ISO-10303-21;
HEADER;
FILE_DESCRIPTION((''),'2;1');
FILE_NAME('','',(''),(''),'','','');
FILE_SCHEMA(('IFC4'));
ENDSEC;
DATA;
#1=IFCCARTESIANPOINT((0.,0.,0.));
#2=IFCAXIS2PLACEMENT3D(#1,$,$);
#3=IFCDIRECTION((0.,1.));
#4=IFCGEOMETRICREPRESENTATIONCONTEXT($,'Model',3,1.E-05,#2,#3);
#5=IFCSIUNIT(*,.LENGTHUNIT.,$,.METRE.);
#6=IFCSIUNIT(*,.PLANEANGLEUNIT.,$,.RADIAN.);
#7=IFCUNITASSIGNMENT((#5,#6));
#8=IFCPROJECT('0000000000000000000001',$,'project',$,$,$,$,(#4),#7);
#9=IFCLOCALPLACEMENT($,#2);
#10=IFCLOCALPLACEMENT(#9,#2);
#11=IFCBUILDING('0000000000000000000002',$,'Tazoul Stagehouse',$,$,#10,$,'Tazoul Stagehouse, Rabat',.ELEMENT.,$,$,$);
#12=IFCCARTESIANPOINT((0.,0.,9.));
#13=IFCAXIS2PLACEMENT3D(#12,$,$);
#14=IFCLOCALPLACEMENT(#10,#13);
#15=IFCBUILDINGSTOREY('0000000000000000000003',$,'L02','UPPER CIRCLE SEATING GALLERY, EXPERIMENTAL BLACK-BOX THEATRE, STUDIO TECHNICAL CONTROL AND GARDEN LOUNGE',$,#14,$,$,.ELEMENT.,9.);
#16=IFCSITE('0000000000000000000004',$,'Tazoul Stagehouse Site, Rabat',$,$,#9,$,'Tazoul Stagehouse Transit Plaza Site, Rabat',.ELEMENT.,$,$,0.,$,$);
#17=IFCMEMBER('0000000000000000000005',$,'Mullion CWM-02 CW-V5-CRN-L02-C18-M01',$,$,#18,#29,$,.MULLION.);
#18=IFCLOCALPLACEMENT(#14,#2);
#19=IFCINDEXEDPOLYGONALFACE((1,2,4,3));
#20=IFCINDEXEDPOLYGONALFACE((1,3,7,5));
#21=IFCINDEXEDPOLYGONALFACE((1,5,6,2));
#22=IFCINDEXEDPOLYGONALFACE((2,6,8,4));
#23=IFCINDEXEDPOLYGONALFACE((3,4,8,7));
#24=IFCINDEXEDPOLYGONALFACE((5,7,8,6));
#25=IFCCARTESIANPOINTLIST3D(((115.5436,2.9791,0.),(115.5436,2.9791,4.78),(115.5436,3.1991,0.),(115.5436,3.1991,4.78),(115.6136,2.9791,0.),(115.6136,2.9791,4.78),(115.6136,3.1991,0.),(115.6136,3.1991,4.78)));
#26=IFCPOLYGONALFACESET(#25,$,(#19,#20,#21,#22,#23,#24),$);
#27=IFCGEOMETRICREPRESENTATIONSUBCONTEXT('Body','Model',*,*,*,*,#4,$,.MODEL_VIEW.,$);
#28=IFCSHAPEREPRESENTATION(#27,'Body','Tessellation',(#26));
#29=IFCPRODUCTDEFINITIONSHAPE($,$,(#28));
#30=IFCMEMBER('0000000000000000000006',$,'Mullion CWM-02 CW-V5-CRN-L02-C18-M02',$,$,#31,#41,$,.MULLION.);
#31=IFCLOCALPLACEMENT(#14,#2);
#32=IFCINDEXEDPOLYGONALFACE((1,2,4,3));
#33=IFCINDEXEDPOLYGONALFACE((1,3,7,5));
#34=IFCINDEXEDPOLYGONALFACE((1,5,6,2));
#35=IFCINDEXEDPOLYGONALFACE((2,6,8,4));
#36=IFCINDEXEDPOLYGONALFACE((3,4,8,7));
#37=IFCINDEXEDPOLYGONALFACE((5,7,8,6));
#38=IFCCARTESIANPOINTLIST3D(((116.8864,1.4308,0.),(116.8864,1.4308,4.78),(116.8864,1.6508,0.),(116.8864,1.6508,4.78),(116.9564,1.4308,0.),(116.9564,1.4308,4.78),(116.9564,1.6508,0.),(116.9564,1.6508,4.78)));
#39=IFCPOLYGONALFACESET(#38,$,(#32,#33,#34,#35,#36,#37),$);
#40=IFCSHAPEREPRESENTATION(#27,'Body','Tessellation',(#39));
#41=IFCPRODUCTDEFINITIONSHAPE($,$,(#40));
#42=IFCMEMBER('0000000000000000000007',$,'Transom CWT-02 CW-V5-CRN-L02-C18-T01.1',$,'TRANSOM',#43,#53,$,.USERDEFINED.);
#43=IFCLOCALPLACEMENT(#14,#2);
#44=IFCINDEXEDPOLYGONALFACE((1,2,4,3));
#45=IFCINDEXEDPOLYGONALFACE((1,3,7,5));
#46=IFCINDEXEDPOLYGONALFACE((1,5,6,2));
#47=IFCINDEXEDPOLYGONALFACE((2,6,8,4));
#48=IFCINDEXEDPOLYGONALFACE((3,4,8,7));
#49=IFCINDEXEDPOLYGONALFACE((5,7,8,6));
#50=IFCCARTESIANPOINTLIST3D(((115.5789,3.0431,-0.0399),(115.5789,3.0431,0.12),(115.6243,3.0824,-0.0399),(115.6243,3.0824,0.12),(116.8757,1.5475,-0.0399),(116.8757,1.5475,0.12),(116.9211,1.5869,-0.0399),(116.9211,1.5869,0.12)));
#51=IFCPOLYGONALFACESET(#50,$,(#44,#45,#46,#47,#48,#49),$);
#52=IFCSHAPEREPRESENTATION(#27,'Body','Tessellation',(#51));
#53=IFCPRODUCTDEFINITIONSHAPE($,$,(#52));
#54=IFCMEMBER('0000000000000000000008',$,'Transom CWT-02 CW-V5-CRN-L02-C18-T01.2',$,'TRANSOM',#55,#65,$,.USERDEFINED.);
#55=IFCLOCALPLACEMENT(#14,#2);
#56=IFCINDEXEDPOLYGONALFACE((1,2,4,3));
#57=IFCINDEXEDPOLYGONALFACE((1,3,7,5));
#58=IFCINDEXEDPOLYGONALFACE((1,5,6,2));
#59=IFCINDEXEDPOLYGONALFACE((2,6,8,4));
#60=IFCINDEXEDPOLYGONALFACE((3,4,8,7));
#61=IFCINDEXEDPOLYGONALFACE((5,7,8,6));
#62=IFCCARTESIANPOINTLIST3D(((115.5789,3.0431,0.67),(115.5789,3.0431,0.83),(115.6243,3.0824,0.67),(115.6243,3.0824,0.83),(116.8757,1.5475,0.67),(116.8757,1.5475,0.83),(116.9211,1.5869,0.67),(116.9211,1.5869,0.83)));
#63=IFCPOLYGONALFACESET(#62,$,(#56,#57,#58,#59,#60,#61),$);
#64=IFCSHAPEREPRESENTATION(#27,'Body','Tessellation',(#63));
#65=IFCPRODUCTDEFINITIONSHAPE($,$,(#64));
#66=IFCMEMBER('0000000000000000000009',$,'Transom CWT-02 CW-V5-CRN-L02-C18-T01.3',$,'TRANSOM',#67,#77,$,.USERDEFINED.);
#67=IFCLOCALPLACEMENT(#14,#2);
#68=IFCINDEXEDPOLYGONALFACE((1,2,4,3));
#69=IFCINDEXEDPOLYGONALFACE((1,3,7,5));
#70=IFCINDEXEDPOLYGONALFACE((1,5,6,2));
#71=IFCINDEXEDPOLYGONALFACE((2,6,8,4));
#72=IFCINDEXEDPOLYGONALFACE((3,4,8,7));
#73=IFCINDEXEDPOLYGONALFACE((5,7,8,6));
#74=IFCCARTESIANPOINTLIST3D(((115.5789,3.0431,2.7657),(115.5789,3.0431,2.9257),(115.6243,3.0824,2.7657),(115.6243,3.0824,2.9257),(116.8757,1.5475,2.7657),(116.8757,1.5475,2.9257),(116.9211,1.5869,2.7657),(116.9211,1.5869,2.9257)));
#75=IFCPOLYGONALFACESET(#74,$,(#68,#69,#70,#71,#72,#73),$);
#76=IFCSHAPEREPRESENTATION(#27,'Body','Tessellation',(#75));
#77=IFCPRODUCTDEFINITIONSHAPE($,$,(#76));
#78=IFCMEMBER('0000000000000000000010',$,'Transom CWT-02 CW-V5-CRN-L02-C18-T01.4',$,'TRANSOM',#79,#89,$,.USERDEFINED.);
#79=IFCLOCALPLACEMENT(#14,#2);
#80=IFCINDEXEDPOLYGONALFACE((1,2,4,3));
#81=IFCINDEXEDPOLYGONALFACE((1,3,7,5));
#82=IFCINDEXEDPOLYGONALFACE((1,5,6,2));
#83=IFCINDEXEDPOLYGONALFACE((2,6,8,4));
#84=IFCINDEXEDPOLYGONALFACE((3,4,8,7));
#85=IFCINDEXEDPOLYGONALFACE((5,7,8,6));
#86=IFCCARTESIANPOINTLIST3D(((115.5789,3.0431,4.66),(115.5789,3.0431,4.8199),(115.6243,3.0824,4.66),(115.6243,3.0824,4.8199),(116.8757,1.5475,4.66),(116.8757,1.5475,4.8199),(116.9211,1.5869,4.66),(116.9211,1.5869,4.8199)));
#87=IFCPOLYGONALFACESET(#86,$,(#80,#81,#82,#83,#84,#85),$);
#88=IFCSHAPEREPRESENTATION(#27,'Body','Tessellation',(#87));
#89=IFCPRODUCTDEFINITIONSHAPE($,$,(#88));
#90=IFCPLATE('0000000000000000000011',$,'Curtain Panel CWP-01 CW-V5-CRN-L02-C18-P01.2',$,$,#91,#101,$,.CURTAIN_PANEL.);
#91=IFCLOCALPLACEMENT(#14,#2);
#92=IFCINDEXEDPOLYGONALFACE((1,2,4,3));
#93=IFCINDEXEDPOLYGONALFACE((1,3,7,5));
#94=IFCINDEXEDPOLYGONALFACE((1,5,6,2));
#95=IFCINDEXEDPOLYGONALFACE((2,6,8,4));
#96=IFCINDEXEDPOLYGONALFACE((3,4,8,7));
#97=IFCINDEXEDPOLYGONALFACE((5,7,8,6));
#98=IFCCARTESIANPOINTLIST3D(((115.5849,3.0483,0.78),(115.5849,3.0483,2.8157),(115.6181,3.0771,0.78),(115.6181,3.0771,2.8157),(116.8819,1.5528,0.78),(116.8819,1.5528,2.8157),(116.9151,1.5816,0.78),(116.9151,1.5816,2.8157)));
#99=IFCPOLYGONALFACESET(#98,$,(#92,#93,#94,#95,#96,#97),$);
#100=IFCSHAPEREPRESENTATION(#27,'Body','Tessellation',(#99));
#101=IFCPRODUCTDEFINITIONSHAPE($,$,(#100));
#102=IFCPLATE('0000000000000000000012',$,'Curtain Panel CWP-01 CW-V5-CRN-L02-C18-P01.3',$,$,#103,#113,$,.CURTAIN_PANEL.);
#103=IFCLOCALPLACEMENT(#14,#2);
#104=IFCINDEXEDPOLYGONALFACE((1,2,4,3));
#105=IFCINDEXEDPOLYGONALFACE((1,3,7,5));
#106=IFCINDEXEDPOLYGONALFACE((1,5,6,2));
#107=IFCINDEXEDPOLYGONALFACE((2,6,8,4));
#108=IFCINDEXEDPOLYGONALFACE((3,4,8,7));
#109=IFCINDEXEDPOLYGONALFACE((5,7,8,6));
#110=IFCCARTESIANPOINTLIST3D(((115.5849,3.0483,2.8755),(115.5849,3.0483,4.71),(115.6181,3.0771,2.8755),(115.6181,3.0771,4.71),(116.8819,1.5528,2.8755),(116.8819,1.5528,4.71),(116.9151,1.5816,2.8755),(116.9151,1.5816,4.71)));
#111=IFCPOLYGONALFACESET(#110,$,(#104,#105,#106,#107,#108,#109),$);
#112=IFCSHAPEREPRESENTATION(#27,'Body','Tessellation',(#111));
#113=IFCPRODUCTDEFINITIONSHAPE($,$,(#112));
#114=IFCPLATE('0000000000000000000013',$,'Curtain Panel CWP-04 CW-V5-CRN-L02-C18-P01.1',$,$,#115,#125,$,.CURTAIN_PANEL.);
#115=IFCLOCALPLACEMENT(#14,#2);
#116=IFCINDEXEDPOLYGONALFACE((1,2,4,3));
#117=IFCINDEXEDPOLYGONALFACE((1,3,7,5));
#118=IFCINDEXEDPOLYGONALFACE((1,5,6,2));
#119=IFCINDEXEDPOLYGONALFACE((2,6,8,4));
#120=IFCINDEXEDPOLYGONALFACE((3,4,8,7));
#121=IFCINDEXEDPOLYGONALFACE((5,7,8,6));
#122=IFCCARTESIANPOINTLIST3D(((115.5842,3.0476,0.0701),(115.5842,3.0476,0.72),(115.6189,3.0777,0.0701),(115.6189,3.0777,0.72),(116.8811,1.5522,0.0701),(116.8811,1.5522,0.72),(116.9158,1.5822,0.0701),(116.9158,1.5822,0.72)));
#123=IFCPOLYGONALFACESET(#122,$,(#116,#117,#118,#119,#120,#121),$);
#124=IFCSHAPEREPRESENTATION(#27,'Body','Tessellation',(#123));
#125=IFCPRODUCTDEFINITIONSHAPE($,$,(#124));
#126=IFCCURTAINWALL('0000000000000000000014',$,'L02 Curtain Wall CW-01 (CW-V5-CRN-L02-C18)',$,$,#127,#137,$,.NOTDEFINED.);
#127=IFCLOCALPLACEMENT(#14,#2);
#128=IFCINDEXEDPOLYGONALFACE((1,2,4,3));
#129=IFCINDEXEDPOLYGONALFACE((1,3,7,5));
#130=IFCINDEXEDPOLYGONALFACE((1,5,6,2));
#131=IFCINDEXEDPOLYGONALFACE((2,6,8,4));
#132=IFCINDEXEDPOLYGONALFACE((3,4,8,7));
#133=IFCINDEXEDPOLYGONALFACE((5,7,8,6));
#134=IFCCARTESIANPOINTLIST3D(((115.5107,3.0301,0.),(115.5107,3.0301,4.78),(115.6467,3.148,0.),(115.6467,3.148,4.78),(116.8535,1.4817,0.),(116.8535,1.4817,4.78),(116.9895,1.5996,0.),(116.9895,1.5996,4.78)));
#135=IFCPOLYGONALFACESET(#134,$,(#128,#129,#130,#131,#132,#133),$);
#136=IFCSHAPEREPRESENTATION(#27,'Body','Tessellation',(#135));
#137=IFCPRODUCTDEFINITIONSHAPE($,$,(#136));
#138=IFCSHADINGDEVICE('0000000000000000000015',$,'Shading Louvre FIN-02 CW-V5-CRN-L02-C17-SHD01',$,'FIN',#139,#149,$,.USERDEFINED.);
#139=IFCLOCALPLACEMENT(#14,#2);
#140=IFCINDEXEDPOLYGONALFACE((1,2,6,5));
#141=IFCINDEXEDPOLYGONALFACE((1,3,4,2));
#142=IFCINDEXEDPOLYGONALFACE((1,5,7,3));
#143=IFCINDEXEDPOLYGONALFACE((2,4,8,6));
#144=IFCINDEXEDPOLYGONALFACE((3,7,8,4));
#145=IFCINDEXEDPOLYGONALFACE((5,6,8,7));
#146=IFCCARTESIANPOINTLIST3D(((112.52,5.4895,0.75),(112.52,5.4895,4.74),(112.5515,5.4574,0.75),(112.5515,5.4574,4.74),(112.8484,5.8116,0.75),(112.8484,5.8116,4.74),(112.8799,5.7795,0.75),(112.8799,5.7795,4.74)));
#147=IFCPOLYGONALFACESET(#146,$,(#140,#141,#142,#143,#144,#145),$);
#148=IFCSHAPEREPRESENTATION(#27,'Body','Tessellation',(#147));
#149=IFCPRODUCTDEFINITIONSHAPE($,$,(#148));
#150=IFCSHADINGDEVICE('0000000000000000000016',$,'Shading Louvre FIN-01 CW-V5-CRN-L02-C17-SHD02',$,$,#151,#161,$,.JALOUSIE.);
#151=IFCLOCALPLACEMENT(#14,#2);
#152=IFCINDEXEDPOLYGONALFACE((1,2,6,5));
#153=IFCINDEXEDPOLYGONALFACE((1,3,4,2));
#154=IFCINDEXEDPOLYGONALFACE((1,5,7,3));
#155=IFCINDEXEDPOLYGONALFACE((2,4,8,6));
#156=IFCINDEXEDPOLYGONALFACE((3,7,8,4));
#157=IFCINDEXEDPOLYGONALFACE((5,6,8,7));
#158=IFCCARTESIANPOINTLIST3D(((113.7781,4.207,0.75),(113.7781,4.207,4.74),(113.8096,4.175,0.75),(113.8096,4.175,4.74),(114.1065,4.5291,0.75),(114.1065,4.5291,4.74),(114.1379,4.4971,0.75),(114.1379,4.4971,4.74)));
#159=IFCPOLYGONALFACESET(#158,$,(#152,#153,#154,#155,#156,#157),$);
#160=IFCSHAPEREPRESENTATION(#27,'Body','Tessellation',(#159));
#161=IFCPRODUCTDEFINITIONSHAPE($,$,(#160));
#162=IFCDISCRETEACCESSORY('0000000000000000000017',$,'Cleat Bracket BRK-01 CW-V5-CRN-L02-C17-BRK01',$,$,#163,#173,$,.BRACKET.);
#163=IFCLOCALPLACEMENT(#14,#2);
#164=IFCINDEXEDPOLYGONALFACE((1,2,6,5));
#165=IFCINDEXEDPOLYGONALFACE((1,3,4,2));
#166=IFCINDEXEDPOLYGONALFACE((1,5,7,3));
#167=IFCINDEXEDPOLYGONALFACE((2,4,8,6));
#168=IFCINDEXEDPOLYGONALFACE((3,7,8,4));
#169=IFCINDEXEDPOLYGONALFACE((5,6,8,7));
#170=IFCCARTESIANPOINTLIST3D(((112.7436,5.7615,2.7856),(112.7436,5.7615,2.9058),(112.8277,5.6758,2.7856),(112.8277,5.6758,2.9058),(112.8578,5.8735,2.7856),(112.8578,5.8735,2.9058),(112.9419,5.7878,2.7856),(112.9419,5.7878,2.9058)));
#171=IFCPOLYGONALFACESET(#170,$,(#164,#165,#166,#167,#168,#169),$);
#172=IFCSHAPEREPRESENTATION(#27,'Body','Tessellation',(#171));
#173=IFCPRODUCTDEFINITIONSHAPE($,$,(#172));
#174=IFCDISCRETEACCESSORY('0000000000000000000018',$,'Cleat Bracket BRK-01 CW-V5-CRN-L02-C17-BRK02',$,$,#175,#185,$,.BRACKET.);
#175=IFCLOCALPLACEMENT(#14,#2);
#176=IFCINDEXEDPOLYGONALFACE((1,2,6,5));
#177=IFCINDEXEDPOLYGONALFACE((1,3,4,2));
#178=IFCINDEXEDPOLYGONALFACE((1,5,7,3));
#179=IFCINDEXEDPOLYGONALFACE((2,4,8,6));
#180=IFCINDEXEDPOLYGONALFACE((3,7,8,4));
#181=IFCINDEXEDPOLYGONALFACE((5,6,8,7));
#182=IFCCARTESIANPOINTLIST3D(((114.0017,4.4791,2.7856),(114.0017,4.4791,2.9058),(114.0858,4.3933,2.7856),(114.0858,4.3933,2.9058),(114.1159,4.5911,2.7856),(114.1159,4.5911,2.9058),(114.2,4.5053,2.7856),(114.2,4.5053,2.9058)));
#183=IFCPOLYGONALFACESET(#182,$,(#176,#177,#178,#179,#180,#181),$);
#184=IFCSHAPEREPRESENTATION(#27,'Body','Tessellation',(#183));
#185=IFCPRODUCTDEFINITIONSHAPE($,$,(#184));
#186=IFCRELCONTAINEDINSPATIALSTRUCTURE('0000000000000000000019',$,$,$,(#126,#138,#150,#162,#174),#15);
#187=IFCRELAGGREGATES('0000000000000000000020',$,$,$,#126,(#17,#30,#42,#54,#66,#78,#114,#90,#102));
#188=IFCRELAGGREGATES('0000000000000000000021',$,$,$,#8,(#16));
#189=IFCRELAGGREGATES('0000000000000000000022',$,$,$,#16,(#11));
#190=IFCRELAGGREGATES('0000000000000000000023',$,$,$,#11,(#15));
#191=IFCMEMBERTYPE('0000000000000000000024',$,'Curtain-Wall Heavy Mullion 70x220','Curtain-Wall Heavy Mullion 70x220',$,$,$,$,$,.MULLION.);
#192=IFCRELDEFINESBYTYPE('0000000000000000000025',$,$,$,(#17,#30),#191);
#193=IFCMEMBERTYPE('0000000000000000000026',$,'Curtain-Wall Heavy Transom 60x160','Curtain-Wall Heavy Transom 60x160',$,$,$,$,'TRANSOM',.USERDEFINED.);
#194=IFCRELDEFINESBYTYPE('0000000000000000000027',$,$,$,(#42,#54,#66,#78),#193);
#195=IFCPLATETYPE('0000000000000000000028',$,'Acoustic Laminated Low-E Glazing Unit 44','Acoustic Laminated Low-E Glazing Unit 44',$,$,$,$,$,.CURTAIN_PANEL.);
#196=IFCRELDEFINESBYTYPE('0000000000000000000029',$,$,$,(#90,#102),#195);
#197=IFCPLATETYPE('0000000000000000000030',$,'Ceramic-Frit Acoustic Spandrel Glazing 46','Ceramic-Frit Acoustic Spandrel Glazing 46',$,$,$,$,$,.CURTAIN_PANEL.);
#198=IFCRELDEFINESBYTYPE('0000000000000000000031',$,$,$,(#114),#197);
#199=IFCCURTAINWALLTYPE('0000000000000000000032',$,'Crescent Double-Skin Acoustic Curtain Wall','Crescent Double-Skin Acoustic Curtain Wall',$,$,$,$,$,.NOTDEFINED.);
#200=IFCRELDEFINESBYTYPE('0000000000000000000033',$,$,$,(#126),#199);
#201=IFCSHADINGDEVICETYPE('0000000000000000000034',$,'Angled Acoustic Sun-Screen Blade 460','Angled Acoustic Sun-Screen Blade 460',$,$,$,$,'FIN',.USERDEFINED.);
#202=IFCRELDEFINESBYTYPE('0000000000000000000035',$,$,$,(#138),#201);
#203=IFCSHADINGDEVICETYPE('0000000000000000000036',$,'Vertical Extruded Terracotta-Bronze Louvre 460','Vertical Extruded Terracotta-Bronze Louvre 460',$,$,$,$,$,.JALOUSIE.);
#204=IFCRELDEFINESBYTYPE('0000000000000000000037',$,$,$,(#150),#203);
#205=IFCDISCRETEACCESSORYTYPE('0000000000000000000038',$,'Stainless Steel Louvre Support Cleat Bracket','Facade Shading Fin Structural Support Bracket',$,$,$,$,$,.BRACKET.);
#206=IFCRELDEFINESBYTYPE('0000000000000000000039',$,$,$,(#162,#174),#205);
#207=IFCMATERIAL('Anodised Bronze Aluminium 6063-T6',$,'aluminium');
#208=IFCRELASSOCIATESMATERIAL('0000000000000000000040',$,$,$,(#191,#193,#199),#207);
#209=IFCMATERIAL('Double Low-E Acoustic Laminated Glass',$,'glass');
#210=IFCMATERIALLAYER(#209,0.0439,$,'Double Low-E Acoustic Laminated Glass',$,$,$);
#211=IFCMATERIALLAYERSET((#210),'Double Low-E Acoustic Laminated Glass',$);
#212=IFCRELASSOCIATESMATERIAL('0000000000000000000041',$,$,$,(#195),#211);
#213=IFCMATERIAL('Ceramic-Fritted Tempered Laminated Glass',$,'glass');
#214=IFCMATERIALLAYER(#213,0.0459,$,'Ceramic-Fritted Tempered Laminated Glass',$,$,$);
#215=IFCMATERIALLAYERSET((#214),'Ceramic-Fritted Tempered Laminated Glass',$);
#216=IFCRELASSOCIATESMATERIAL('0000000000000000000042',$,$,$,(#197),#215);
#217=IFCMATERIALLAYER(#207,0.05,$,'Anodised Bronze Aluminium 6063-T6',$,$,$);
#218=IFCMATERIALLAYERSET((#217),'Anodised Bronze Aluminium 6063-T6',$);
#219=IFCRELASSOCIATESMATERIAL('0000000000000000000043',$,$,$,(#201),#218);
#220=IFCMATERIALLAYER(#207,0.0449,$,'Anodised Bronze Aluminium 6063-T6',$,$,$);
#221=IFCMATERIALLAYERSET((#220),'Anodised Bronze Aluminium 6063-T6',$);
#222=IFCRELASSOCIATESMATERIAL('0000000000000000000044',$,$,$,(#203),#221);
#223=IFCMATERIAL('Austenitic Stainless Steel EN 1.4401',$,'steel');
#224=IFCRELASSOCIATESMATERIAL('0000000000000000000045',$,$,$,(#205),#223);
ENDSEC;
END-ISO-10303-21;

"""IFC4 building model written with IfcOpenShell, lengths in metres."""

from ifc_helpers import new_model, si_unit, direction, frame, frame_2d, origin, origin_2d, place, context, subcontext, project, spatial, rectangle, extrude, material, layer, layer_set, material_profile, profile_set, type_object, element, aggregate, save


model = new_model("IFC4")

# Units and contexts
model_context = context("Model", 3, precision=1e-05, world=origin(), true_north=direction((0.0, 1.0)))
body_context = subcontext(model_context, "Body", "Model", "MODEL_VIEW")
ifc_project = project(units=[si_unit("LENGTHUNIT", "METRE"), si_unit("PLANEANGLEUNIT", "RADIAN")], contexts=[model_context])

# Members
ifc_material_1 = material(Name="Anodised Bronze Aluminium 6063-T6", Category="aluminium")
ifc_material_profile_1 = material_profile(ifc_material_1, rectangle(XDim=0.0701, YDim=0.22, at=origin_2d()), Name="ALU MULLION 70x220")
ifc_profile_set_1 = profile_set([ifc_material_profile_1], Name="Anodised Bronze Aluminium 6063-T6")
member_type_1 = type_object("IfcMemberType", Name="Curtain-Wall Heavy Mullion 70x220", Description="Curtain-Wall Heavy Mullion 70x220", PredefinedType="MULLION", material=ifc_profile_set_1)
site_placement = place(None, origin())
building_placement = place(site_placement, origin())
storey_placement = place(building_placement, frame((0.0, 0.0, 9.0)))
member_1_placement = place(storey_placement, frame((115.5786, 3.0891, 0.0), z_axis=(0.0, 0.0, 1.0), x_axis=(1.0, 0.0, 0.0)))
member_1 = element("IfcMember", 1, at=member_1_placement, type_object=member_type_1, Name="Mullion CWM-02 CW-V5-CRN-L02-C18-M01", PredefinedType="MULLION", context=body_context, shape_type="SweptSolid", body=[
    extrude(rectangle(XDim=0.0701, YDim=0.22, at=origin_2d()), origin(), (0.0, 0.0, 1.0), 4.78),
])
member_2_placement = place(storey_placement, frame((116.9214, 1.5408, 0.0), z_axis=(0.0, 0.0, 1.0), x_axis=(1.0, 0.0, 0.0)))
member_2 = element("IfcMember", 2, at=member_2_placement, type_object=member_type_1, Name="Mullion CWM-02 CW-V5-CRN-L02-C18-M02", PredefinedType="MULLION", context=body_context, shape_type="SweptSolid", body=[
    extrude(rectangle(XDim=0.0701, YDim=0.22, at=origin_2d()), origin(), (0.0, 0.0, 1.0), 4.78),
])
ifc_material_profile_2 = material_profile(ifc_material_1, rectangle(XDim=0.0601, YDim=0.1599, at=origin_2d()), Name="ALU TRANSOM 60x160")
ifc_profile_set_2 = profile_set([ifc_material_profile_2], Name="Anodised Bronze Aluminium 6063-T6")
member_type_2 = type_object("IfcMemberType", Name="Curtain-Wall Heavy Transom 60x160", Description="Curtain-Wall Heavy Transom 60x160", ElementType="TRANSOM", PredefinedType="USERDEFINED", material=ifc_profile_set_2)
member_3_placement = place(storey_placement, frame((115.6016, 3.0627, 0.04), z_axis=(0.655128, -0.755518, 0.0), x_axis=(0.755518, 0.655128, 0.0)))
member_3 = element("IfcMember", 3, at=member_3_placement, type_object=member_type_2, Name="Transom CWT-02 CW-V5-CRN-L02-C18-T01.1", ObjectType="TRANSOM", PredefinedType="USERDEFINED", context=body_context, shape_type="SweptSolid", body=[
    extrude(rectangle(XDim=0.0601, YDim=0.1599, at=origin_2d()), origin(), (0.0, 0.0, 1.0), 1.9795),
])
member_4_placement = place(storey_placement, frame((115.6016, 3.0627, 0.75), z_axis=(0.655128, -0.755518, 0.0), x_axis=(0.755518, 0.655128, 0.0)))
member_4 = element("IfcMember", 4, at=member_4_placement, type_object=member_type_2, Name="Transom CWT-02 CW-V5-CRN-L02-C18-T01.2", ObjectType="TRANSOM", PredefinedType="USERDEFINED", context=body_context, shape_type="SweptSolid", body=[
    extrude(rectangle(XDim=0.0601, YDim=0.1599, at=origin_2d()), origin(), (0.0, 0.0, 1.0), 1.9795),
])
member_5_placement = place(storey_placement, frame((115.6016, 3.0627, 2.8457), z_axis=(0.655128, -0.755518, 0.0), x_axis=(0.755518, 0.655128, 0.0)))
member_5 = element("IfcMember", 5, at=member_5_placement, type_object=member_type_2, Name="Transom CWT-02 CW-V5-CRN-L02-C18-T01.3", ObjectType="TRANSOM", PredefinedType="USERDEFINED", context=body_context, shape_type="SweptSolid", body=[
    extrude(rectangle(XDim=0.0601, YDim=0.1599, at=origin_2d()), origin(), (0.0, 0.0, 1.0), 1.9795),
])
member_6_placement = place(storey_placement, frame((115.6016, 3.0627, 4.74), z_axis=(0.655128, -0.755518, 0.0), x_axis=(0.755518, 0.655128, 0.0)))
member_6 = element("IfcMember", 6, at=member_6_placement, type_object=member_type_2, Name="Transom CWT-02 CW-V5-CRN-L02-C18-T01.4", ObjectType="TRANSOM", PredefinedType="USERDEFINED", context=body_context, shape_type="SweptSolid", body=[
    extrude(rectangle(XDim=0.0601, YDim=0.1599, at=origin_2d()), origin(), (0.0, 0.0, 1.0), 1.9795),
])

# Plates
ifc_material_2 = material(Name="Double Low-E Acoustic Laminated Glass", Category="glass")
ifc_layer_1 = layer(ifc_material_2, 0.0439, Name="Double Low-E Acoustic Laminated Glass")
ifc_layer_set_1 = layer_set([ifc_layer_1], Name="Double Low-E Acoustic Laminated Glass")
plate_type_1 = type_object("IfcPlateType", Name="Acoustic Laminated Low-E Glazing Unit 44", Description="Acoustic Laminated Low-E Glazing Unit 44", PredefinedType="CURTAIN_PANEL", material=ifc_layer_set_1)
plate_1_placement = place(storey_placement, frame((116.25, 2.3149, 0.78), z_axis=(0.0, 0.0, 1.0), x_axis=(0.655168, -0.755483, 0.0)))
plate_1 = element("IfcPlate", 7, at=plate_1_placement, type_object=plate_type_1, Name="Curtain Panel CWP-01 CW-V5-CRN-L02-C18-P01.2", PredefinedType="CURTAIN_PANEL", context=body_context, shape_type="SweptSolid", body=[
    extrude(rectangle(XDim=1.9795, YDim=0.0439, at=origin_2d()), origin(), (0.0, 0.0, 1.0), 2.0356),
])
plate_2_placement = place(storey_placement, frame((116.25, 2.3149, 2.8755), z_axis=(0.0, 0.0, 1.0), x_axis=(0.655168, -0.755483, 0.0)))
plate_2 = element("IfcPlate", 8, at=plate_2_placement, type_object=plate_type_1, Name="Curtain Panel CWP-01 CW-V5-CRN-L02-C18-P01.3", PredefinedType="CURTAIN_PANEL", context=body_context, shape_type="SweptSolid", body=[
    extrude(rectangle(XDim=1.9795, YDim=0.0439, at=origin_2d()), origin(), (0.0, 0.0, 1.0), 1.8345),
])
ifc_material_3 = material(Name="Ceramic-Fritted Tempered Laminated Glass", Category="glass")
ifc_layer_2 = layer(ifc_material_3, 0.0459, Name="Ceramic-Fritted Tempered Laminated Glass")
ifc_layer_set_2 = layer_set([ifc_layer_2], Name="Ceramic-Fritted Tempered Laminated Glass")
plate_type_2 = type_object("IfcPlateType", Name="Ceramic-Frit Acoustic Spandrel Glazing 46", Description="Ceramic-Frit Acoustic Spandrel Glazing 46", PredefinedType="CURTAIN_PANEL", material=ifc_layer_set_2)
plate_3_placement = place(storey_placement, frame((116.25, 2.3149, 0.0701), z_axis=(0.0, 0.0, 1.0), x_axis=(0.655168, -0.755483, 0.0)))
plate_3 = element("IfcPlate", 9, at=plate_3_placement, type_object=plate_type_2, Name="Curtain Panel CWP-04 CW-V5-CRN-L02-C18-P01.1", PredefinedType="CURTAIN_PANEL", context=body_context, shape_type="SweptSolid", body=[
    extrude(rectangle(XDim=1.9795, YDim=0.0459, at=origin_2d()), origin(), (0.0, 0.0, 1.0), 0.6499),
])

# Site, building, storey
site = spatial("IfcSite", under=ifc_project, at=site_placement, Name="Tazoul Stagehouse Site, Rabat", LongName="Tazoul Stagehouse Transit Plaza Site, Rabat", CompositionType="ELEMENT", RefElevation=0.0)
building = spatial("IfcBuilding", under=site, at=building_placement, Name="Tazoul Stagehouse", LongName="Tazoul Stagehouse, Rabat", CompositionType="ELEMENT")
storey = spatial("IfcBuildingStorey", under=building, at=storey_placement, Name="L02", Description="UPPER CIRCLE SEATING GALLERY, EXPERIMENTAL BLACK-BOX THEATRE, STUDIO TECHNICAL CONTROL AND GARDEN LOUNGE", CompositionType="ELEMENT", Elevation=9.0)

# Curtain wall
curtain_wall_type = type_object("IfcCurtainWallType", Name="Crescent Double-Skin Acoustic Curtain Wall", Description="Crescent Double-Skin Acoustic Curtain Wall", PredefinedType="NOTDEFINED", material=ifc_material_1)
curtain_wall_placement = place(storey_placement, frame((115.5786, 3.0891, 0.0), z_axis=(0.0, 0.0, 1.0), x_axis=(0.655175, -0.755477, 0.0)))
curtain_wall = element("IfcCurtainWall", 10, at=curtain_wall_placement, inside=storey, type_object=curtain_wall_type, Name="L02 Curtain Wall CW-01 (CW-V5-CRN-L02-C18)", PredefinedType="NOTDEFINED", context=body_context, shape_type="SweptSolid", body=[
    extrude(rectangle(XDim=2.0496, YDim=0.1799, at=frame_2d((1.0249, 0.0))), origin(), (0.0, 0.0, 1.0), 4.78),
])
aggregate(curtain_wall, [member_1, member_2, member_3, member_4, member_5, member_6, plate_3, plate_1, plate_2])

# Shading devices
ifc_layer_3 = layer(ifc_material_1, 0.05, Name="Anodised Bronze Aluminium 6063-T6")
ifc_layer_set_3 = layer_set([ifc_layer_3], Name="Anodised Bronze Aluminium 6063-T6")
shading_device_type_1 = type_object("IfcShadingDeviceType", Name="Angled Acoustic Sun-Screen Blade 460", Description="Angled Acoustic Sun-Screen Blade 460", ElementType="FIN", PredefinedType="USERDEFINED", material=ifc_layer_set_3)
shading_device_1_placement = place(storey_placement, frame((112.7, 5.6345, 0.75), z_axis=(0.0, 0.0, 1.0), x_axis=(0.700247, -0.713901, 0.0)))
element("IfcShadingDevice", 11, at=shading_device_1_placement, inside=storey, type_object=shading_device_type_1, Name="Shading Louvre FIN-02 CW-V5-CRN-L02-C17-SHD01", ObjectType="FIN", PredefinedType="USERDEFINED", context=body_context, shape_type="SweptSolid", body=[
    extrude(rectangle(XDim=0.0449, YDim=0.46, at=origin_2d()), origin(), (0.0, 0.0, 1.0), 3.99),
])
ifc_layer_4 = layer(ifc_material_1, 0.0449, Name="Anodised Bronze Aluminium 6063-T6")
ifc_layer_set_4 = layer_set([ifc_layer_4], Name="Anodised Bronze Aluminium 6063-T6")
shading_device_type_2 = type_object("IfcShadingDeviceType", Name="Vertical Extruded Terracotta-Bronze Louvre 460", Description="Vertical Extruded Terracotta-Bronze Louvre 460", PredefinedType="JALOUSIE", material=ifc_layer_set_4)
shading_device_2_placement = place(storey_placement, frame((113.958, 4.3521, 0.75), z_axis=(0.0, 0.0, 1.0), x_axis=(0.700247, -0.713901, 0.0)))
element("IfcShadingDevice", 12, at=shading_device_2_placement, inside=storey, type_object=shading_device_type_2, Name="Shading Louvre FIN-01 CW-V5-CRN-L02-C17-SHD02", PredefinedType="JALOUSIE", context=body_context, shape_type="SweptSolid", body=[
    extrude(rectangle(XDim=0.0449, YDim=0.46, at=origin_2d()), origin(), (0.0, 0.0, 1.0), 3.99),
])

# Discrete accessories
ifc_material_4 = material(Name="Austenitic Stainless Steel EN 1.4401", Category="steel")
discrete_accessory_type = type_object("IfcDiscreteAccessoryType", Name="Stainless Steel Louvre Support Cleat Bracket", Description="Facade Shading Fin Structural Support Bracket", PredefinedType="BRACKET", material=ifc_material_4)
for number, where, z_axis, x_axis, name in (
    (13, (112.8428, 5.7747, 2.7856), (0.0, 0.0, 1.0), (0.700247, -0.713901, 0.0), "Cleat Bracket BRK-01 CW-V5-CRN-L02-C17-BRK01"),
    (14, (114.1008, 4.4922, 2.7856), (0.0, 0.0, 1.0), (0.700247, -0.713901, 0.0), "Cleat Bracket BRK-01 CW-V5-CRN-L02-C17-BRK02"),
):
    element("IfcDiscreteAccessory", number, at=place(storey_placement, frame(where, z_axis=z_axis, x_axis=x_axis)), inside=storey, type_object=discrete_accessory_type, Name=name, PredefinedType="BRACKET", context=body_context, shape_type="SweptSolid", body=[
        extrude(rectangle(XDim=0.1201, YDim=0.1599, at=origin_2d()), origin(), (0.0, 0.0, 1.0), 0.1201),
    ])

save(model, "model.ifc")
